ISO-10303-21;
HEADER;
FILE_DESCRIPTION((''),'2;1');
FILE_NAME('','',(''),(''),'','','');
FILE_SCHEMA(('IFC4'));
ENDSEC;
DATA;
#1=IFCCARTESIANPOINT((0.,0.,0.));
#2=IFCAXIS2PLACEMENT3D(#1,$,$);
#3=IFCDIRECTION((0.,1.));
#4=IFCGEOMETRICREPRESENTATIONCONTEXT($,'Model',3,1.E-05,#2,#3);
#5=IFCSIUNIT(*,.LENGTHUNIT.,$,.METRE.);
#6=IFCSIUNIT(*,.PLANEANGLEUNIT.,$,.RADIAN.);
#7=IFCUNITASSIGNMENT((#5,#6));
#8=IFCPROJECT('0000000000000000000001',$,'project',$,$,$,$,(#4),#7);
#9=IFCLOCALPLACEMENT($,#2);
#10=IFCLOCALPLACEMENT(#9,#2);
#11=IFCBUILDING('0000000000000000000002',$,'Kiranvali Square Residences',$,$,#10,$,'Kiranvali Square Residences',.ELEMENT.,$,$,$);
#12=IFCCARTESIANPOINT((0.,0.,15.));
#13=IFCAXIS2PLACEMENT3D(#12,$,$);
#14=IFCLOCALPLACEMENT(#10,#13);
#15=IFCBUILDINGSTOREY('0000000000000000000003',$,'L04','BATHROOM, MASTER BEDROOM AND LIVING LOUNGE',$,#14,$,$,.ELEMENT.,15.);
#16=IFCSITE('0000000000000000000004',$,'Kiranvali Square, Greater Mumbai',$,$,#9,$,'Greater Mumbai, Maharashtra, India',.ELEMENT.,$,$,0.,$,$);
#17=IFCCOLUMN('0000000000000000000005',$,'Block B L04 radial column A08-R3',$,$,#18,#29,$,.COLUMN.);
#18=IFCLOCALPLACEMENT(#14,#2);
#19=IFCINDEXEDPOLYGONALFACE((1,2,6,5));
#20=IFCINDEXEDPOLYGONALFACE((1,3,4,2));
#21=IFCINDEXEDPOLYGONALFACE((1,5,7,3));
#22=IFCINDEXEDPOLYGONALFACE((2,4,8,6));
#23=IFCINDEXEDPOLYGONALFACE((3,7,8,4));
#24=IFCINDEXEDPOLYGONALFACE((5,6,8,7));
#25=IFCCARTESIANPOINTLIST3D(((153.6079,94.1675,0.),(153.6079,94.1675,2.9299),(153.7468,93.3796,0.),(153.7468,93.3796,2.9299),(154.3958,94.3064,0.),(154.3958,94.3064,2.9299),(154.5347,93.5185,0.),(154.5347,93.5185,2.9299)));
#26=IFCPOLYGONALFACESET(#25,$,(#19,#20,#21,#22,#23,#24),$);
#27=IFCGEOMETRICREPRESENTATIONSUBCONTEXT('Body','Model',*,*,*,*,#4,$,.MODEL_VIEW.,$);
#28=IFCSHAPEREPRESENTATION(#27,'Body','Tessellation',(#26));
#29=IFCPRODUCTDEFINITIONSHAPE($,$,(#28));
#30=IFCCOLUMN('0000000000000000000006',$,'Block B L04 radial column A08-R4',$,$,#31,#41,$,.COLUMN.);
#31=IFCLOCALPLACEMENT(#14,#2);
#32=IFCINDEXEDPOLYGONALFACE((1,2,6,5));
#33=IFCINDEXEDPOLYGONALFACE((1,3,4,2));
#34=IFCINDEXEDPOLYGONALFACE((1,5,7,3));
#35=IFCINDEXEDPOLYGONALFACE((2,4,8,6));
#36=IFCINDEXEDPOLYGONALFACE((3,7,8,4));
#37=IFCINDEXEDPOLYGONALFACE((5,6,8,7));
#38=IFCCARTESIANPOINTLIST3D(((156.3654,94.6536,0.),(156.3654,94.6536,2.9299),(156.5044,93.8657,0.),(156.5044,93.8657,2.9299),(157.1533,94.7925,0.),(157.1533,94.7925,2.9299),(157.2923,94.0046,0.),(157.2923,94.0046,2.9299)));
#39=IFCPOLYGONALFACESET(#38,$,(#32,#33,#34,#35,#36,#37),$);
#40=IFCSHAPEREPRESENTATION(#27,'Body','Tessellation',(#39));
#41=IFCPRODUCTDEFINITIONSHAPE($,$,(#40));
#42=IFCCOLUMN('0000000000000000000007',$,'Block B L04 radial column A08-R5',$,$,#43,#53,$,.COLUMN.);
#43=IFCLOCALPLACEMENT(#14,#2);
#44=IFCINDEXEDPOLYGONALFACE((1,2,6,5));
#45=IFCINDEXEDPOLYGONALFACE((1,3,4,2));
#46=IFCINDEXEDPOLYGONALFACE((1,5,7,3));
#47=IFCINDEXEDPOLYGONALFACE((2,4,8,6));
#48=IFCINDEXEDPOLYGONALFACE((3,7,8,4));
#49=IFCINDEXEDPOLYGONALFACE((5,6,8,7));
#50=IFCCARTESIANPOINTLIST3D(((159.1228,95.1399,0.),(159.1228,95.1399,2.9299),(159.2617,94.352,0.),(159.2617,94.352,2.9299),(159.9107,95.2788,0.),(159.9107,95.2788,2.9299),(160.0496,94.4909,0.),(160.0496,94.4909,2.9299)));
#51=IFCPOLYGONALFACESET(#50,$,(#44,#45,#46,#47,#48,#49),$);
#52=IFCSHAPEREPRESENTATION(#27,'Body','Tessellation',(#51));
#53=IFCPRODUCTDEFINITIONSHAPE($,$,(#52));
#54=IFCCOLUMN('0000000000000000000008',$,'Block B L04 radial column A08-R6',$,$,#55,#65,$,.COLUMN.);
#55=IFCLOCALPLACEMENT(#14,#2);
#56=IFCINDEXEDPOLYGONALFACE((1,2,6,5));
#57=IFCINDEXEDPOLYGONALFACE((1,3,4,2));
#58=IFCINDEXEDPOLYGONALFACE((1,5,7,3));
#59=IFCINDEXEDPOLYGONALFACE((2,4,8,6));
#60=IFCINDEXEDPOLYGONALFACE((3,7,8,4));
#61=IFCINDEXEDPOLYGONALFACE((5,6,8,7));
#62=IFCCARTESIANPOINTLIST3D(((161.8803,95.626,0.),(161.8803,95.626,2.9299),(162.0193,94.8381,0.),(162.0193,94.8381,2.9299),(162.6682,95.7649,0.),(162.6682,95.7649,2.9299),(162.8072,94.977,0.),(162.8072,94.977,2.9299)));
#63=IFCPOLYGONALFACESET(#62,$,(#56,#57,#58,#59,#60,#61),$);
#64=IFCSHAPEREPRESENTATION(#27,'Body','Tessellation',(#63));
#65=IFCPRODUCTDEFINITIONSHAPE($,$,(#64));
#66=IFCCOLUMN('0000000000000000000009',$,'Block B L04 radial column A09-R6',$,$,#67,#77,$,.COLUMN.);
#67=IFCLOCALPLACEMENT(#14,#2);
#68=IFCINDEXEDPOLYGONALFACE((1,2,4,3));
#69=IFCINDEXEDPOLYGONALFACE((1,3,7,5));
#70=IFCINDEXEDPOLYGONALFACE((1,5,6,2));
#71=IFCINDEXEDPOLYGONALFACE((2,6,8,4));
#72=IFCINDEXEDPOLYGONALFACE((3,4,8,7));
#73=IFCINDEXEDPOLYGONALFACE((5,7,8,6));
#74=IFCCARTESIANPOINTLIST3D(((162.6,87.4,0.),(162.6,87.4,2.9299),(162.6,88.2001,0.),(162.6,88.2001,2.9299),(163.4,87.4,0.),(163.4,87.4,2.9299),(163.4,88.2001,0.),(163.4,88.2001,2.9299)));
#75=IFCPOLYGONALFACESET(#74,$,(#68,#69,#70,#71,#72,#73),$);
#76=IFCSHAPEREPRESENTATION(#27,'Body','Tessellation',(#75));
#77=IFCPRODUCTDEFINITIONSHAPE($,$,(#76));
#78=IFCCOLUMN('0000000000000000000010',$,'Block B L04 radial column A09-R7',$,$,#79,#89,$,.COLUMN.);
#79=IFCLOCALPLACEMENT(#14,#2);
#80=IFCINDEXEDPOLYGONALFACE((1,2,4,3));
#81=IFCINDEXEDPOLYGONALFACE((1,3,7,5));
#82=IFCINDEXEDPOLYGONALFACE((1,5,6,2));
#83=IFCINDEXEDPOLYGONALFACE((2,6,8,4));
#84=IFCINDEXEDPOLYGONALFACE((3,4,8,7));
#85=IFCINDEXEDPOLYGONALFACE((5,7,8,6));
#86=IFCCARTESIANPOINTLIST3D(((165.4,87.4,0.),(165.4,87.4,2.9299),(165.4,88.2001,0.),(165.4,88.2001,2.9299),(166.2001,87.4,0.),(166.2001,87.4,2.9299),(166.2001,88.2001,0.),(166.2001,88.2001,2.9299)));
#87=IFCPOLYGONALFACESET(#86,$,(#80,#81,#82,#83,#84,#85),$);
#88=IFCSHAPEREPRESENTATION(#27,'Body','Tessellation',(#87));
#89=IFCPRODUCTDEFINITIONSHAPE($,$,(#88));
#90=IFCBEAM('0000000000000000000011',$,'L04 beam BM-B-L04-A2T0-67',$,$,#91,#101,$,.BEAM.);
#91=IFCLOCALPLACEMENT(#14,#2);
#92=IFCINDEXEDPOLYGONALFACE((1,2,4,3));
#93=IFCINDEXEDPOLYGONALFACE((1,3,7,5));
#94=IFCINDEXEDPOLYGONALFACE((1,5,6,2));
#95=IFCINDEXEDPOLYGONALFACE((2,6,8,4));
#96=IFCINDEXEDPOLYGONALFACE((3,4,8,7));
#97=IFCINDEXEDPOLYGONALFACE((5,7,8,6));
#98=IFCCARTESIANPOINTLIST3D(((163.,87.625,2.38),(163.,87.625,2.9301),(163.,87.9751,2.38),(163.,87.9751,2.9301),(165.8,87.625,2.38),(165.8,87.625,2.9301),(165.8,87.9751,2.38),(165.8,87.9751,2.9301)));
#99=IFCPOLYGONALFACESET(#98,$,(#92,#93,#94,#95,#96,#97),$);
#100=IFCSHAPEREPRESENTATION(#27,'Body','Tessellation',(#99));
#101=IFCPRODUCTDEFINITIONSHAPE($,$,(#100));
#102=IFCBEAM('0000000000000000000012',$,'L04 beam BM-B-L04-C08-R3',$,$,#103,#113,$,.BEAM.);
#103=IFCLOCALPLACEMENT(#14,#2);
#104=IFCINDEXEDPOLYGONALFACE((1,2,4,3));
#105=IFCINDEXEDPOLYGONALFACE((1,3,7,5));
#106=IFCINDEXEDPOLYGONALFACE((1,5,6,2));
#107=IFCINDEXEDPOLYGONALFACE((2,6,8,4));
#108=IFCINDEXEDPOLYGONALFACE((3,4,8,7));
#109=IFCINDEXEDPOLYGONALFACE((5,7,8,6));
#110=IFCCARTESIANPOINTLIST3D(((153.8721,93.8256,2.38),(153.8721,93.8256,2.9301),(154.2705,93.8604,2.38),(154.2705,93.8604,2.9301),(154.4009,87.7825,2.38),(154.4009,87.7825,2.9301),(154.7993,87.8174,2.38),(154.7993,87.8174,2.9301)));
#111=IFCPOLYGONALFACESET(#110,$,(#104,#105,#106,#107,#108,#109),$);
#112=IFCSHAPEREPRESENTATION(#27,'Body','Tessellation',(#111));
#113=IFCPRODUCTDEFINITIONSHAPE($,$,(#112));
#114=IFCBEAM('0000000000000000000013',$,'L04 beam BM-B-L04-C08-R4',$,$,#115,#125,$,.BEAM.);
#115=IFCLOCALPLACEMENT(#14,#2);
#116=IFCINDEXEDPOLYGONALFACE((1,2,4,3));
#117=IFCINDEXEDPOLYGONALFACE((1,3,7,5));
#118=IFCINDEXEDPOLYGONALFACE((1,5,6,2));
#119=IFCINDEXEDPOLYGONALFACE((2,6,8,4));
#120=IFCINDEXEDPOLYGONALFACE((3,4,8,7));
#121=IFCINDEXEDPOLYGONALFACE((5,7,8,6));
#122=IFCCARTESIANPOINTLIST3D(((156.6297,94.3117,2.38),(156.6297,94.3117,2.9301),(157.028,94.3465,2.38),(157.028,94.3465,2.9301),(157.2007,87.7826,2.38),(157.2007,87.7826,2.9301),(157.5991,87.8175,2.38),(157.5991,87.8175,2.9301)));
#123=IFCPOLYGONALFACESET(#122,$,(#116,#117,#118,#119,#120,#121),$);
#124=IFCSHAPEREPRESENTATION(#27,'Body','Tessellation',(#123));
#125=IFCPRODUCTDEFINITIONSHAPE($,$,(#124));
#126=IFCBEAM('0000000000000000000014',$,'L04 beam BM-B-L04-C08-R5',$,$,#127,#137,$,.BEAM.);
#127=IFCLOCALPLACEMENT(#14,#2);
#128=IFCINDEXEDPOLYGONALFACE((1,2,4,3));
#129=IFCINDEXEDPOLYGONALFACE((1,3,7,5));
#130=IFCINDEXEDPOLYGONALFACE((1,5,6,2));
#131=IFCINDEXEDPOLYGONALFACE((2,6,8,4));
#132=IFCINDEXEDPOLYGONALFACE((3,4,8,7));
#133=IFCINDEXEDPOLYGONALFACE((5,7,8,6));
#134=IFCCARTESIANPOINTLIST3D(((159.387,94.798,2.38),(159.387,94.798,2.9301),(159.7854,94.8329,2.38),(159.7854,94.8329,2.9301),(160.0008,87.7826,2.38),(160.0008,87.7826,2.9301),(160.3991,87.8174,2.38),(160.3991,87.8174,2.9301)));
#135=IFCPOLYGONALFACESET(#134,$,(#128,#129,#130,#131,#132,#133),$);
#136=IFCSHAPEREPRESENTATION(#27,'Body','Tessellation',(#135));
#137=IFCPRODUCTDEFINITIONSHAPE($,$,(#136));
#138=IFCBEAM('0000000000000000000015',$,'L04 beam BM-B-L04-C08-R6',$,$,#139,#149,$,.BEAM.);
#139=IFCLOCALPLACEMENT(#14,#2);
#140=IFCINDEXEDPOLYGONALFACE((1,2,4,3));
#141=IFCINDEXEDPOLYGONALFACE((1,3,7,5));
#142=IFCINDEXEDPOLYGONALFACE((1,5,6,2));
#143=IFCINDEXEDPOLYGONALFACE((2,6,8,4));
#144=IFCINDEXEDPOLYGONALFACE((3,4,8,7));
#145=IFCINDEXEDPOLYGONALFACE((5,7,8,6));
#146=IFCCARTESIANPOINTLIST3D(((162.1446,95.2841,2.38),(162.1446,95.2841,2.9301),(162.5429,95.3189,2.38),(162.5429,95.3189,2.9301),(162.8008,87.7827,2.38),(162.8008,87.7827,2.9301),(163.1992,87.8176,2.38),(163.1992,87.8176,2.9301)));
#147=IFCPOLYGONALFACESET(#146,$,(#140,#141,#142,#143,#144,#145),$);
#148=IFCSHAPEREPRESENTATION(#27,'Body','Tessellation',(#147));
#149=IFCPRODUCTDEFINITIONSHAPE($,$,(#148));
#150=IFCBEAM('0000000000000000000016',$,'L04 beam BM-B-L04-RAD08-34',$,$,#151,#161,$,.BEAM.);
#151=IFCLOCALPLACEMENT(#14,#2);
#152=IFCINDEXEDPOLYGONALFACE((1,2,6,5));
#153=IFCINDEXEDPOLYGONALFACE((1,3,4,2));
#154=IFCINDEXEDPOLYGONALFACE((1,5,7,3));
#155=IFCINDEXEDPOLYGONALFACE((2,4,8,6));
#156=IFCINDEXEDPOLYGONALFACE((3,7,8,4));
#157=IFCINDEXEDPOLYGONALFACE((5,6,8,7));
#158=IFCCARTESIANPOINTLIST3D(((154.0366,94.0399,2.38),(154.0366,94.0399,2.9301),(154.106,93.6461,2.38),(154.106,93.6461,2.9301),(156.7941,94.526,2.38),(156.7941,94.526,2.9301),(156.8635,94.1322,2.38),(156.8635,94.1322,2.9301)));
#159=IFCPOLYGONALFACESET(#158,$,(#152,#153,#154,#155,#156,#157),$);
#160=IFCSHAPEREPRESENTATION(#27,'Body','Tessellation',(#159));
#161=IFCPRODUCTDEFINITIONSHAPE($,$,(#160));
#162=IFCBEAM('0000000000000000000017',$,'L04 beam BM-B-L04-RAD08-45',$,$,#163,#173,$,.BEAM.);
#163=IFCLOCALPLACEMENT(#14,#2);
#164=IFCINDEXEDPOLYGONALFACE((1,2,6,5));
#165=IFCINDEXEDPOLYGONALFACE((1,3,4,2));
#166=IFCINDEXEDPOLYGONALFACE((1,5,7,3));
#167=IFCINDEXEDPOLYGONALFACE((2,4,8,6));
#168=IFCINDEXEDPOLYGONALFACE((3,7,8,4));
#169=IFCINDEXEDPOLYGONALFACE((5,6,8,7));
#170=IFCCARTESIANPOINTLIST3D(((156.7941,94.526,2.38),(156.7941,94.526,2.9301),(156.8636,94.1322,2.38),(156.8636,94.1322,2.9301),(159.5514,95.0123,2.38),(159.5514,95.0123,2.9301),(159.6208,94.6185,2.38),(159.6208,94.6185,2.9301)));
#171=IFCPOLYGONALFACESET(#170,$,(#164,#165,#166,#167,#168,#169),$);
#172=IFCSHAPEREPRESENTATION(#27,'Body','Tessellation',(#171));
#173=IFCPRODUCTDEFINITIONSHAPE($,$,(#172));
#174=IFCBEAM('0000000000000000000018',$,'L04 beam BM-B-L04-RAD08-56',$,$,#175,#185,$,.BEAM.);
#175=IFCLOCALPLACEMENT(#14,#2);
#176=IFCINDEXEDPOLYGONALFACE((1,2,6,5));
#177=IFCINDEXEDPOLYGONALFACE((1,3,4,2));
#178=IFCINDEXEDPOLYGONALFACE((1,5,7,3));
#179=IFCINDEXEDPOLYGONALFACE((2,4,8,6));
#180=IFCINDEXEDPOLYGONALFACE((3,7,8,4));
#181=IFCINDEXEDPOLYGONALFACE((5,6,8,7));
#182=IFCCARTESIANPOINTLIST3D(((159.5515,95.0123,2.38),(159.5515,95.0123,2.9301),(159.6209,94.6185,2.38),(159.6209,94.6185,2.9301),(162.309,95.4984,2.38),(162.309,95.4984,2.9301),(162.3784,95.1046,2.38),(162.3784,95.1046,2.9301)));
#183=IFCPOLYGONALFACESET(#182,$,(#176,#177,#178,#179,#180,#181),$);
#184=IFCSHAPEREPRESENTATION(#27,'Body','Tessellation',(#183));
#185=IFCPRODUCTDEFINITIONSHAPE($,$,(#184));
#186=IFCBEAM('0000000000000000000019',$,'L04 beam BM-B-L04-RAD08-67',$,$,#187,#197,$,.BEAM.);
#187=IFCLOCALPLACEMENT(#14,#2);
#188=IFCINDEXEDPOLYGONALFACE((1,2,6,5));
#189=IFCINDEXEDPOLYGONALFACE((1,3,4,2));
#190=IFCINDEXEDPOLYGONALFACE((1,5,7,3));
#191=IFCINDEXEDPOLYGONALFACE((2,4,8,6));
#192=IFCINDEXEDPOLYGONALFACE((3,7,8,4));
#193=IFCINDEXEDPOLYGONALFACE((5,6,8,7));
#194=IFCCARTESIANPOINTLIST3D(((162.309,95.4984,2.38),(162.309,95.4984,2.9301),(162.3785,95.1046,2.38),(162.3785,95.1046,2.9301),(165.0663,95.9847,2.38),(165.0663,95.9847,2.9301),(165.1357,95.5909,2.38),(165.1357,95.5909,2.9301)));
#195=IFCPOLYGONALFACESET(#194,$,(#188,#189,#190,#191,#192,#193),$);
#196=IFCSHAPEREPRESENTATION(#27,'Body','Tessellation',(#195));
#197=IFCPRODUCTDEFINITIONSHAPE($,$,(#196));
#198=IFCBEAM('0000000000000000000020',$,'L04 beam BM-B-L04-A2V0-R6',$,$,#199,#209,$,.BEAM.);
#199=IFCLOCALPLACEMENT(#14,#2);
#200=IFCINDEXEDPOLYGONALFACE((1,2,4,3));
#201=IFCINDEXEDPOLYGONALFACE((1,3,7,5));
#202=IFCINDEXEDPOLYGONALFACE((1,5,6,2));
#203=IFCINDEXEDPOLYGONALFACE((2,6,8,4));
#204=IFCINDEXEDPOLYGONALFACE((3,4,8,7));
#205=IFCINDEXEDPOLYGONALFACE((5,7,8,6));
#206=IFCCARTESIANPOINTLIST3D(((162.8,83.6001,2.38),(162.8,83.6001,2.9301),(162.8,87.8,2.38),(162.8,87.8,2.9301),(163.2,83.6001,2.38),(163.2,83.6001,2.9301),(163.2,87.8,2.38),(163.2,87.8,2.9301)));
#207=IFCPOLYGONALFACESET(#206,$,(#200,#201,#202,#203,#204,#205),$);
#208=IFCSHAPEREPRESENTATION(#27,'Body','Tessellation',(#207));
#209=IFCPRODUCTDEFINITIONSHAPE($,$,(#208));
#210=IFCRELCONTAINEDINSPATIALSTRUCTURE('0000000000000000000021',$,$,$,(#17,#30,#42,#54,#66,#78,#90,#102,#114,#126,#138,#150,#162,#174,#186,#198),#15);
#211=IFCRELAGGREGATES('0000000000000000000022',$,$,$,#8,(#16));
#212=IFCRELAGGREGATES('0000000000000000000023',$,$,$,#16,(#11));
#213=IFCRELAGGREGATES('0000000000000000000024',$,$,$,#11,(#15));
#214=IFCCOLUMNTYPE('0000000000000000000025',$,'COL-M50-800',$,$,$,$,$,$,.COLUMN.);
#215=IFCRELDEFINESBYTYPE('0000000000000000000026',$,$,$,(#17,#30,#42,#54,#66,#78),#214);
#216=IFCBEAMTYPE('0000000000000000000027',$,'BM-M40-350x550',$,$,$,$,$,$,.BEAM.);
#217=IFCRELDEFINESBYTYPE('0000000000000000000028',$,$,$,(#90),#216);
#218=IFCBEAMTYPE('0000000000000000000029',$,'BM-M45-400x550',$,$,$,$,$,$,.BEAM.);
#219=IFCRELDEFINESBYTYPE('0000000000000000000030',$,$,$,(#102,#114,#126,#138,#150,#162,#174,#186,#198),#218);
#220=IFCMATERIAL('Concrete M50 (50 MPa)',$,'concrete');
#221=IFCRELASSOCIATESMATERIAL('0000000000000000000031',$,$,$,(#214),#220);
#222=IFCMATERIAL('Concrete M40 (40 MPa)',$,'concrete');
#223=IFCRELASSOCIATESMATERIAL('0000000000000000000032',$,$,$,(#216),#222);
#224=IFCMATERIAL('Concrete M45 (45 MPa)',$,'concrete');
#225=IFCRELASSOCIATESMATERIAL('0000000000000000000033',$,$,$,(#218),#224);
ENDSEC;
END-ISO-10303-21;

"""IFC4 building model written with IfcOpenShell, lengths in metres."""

from ifc_helpers import new_model, si_unit, direction, frame, origin, origin_2d, place, context, subcontext, project, spatial, rectangle, extrude, material, material_profile, profile_set, type_object, element, save


model = new_model("IFC4")

# Units and contexts
model_context = context("Model", 3, precision=1e-05, world=origin(), true_north=direction((0.0, 1.0)))
body_context = subcontext(model_context, "Body", "Model", "MODEL_VIEW")
ifc_project = project(units=[si_unit("LENGTHUNIT", "METRE"), si_unit("PLANEANGLEUNIT", "RADIAN")], contexts=[model_context])

# Site, building, storey
site_placement = place(None, origin())
site = spatial("IfcSite", under=ifc_project, at=site_placement, Name="Kiranvali Square, Greater Mumbai", LongName="Greater Mumbai, Maharashtra, India", CompositionType="ELEMENT", RefElevation=0.0)
building_placement = place(site_placement, origin())
building = spatial("IfcBuilding", under=site, at=building_placement, Name="Kiranvali Square Residences", LongName="Kiranvali Square Residences", CompositionType="ELEMENT")
storey_placement = place(building_placement, frame((0.0, 0.0, 15.0)))
storey = spatial("IfcBuildingStorey", under=building, at=storey_placement, Name="L04", Description="BATHROOM, MASTER BEDROOM AND LIVING LOUNGE", CompositionType="ELEMENT", Elevation=15.0)

# Columns
ifc_material_1 = material(Name="Concrete M50 (50 MPa)", Category="concrete")
ifc_material_profile_1 = material_profile(ifc_material_1, rectangle(XDim=0.8, YDim=0.8, at=origin_2d()), Name="RC 800x800")
ifc_profile_set_1 = profile_set([ifc_material_profile_1], Name="Concrete M50 (50 MPa)")
column_type = type_object("IfcColumnType", Name="COL-M50-800", PredefinedType="COLUMN", material=ifc_profile_set_1)
for number, where, z_axis, x_axis, name in (
    (1, (154.0713, 93.843, 0.0), (0.0, 0.0, 1.0), (-0.173648, 0.984808, 0.0), "Block B L04 radial column A08-R3"),
    (2, (156.8289, 94.3291, 0.0), (0.0, 0.0, 1.0), (-0.173648, 0.984808, 0.0), "Block B L04 radial column A08-R4"),
    (3, (159.5862, 94.8154, 0.0), (0.0, 0.0, 1.0), (-0.173648, 0.984808, 0.0), "Block B L04 radial column A08-R5"),
    (4, (162.3438, 95.3015, 0.0), (0.0, 0.0, 1.0), (-0.173648, 0.984808, 0.0), "Block B L04 radial column A08-R6"),
    (5, (163.0, 87.8, 0.0), (0.0, 0.0, 1.0), (0.0, 1.0, 0.0), "Block B L04 radial column A09-R6"),
    (6, (165.8, 87.8, 0.0), (0.0, 0.0, 1.0), (0.0, 1.0, 0.0), "Block B L04 radial column A09-R7"),
):
    element("IfcColumn", number, at=place(storey_placement, frame(where, z_axis=z_axis, x_axis=x_axis)), inside=storey, type_object=column_type, Name=name, PredefinedType="COLUMN", context=body_context, shape_type="SweptSolid", body=[
        extrude(rectangle(XDim=0.8, YDim=0.8, at=origin_2d()), origin(), (0.0, 0.0, 1.0), 2.9299),
    ])

# Beams
ifc_material_2 = material(Name="Concrete M40 (40 MPa)", Category="concrete")
ifc_material_profile_2 = material_profile(ifc_material_2, rectangle(XDim=0.3501, YDim=0.55, at=origin_2d()), Name="RC 350x550")
ifc_profile_set_2 = profile_set([ifc_material_profile_2], Name="Concrete M40 (40 MPa)")
beam_type_1 = type_object("IfcBeamType", Name="BM-M40-350x550", PredefinedType="BEAM", material=ifc_profile_set_2)
beam_1_placement = place(storey_placement, frame((163.0, 87.8, 2.655), z_axis=(1.0, 0.0, 0.0), x_axis=(0.0, 1.0, 0.0)))
element("IfcBeam", 7, at=beam_1_placement, inside=storey, type_object=beam_type_1, Name="L04 beam BM-B-L04-A2T0-67", PredefinedType="BEAM", context=body_context, shape_type="SweptSolid", body=[
    extrude(rectangle(XDim=0.3501, YDim=0.55, at=origin_2d()), origin(), (0.0, 0.0, 1.0), 2.8),
])
ifc_material_3 = material(Name="Concrete M45 (45 MPa)", Category="concrete")
ifc_material_profile_3 = material_profile(ifc_material_3, rectangle(XDim=0.3999, YDim=0.55, at=origin_2d()), Name="RC 400x550")
ifc_profile_set_3 = profile_set([ifc_material_profile_3], Name="Concrete M45 (45 MPa)")
beam_type_2 = type_object("IfcBeamType", Name="BM-M45-400x550", PredefinedType="BEAM", material=ifc_profile_set_3)
beam_2_placement = place(storey_placement, frame((154.0713, 93.843, 2.655), z_axis=(0.087175, -0.996193, 0.0), x_axis=(0.996193, 0.087175, 0.0)))
element("IfcBeam", 8, at=beam_2_placement, inside=storey, type_object=beam_type_2, Name="L04 beam BM-B-L04-C08-R3", PredefinedType="BEAM", context=body_context, shape_type="SweptSolid", body=[
    extrude(rectangle(XDim=0.3999, YDim=0.55, at=origin_2d()), origin(), (0.0, 0.0, 1.0), 6.0662),
])
beam_3_placement = place(storey_placement, frame((156.8289, 94.3291, 2.655), z_axis=(0.08713, -0.996197, 0.0), x_axis=(0.996197, 0.08713, 0.0)))
element("IfcBeam", 9, at=beam_3_placement, inside=storey, type_object=beam_type_2, Name="L04 beam BM-B-L04-C08-R4", PredefinedType="BEAM", context=body_context, shape_type="SweptSolid", body=[
    extrude(rectangle(XDim=0.3999, YDim=0.55, at=origin_2d()), origin(), (0.0, 0.0, 1.0), 6.554),
])
beam_4_placement = place(storey_placement, frame((159.5862, 94.8154, 2.655), z_axis=(0.087156, -0.996195, 0.0), x_axis=(0.996195, 0.087156, 0.0)))
element("IfcBeam", 10, at=beam_4_placement, inside=storey, type_object=beam_type_2, Name="L04 beam BM-B-L04-C08-R5", PredefinedType="BEAM", context=body_context, shape_type="SweptSolid", body=[
    extrude(rectangle(XDim=0.3999, YDim=0.55, at=origin_2d()), origin(), (0.0, 0.0, 1.0), 7.0422),
])
beam_5_placement = place(storey_placement, frame((162.3438, 95.3015, 2.655), z_axis=(0.08715, -0.996195, 0.0), x_axis=(0.996195, 0.08715, 0.0)))
element("IfcBeam", 11, at=beam_5_placement, inside=storey, type_object=beam_type_2, Name="L04 beam BM-B-L04-C08-R6", PredefinedType="BEAM", context=body_context, shape_type="SweptSolid", body=[
    extrude(rectangle(XDim=0.3999, YDim=0.55, at=origin_2d()), origin(), (0.0, 0.0, 1.0), 7.53),
])
beam_6_placement = place(storey_placement, frame((154.0713, 93.843, 2.655), z_axis=(0.984817, 0.173596, 0.0), x_axis=(-0.173596, 0.984817, 0.0)))
element("IfcBeam", 12, at=beam_6_placement, inside=storey, type_object=beam_type_2, Name="L04 beam BM-B-L04-RAD08-34", PredefinedType="BEAM", context=body_context, shape_type="SweptSolid", body=[
    extrude(rectangle(XDim=0.3999, YDim=0.55, at=origin_2d()), origin(), (0.0, 0.0, 1.0), 2.8),
])
beam_7_placement = place(storey_placement, frame((156.8289, 94.3291, 2.655), z_axis=(0.984799, 0.173696, 0.0), x_axis=(-0.173696, 0.984799, 0.0)))
element("IfcBeam", 13, at=beam_7_placement, inside=storey, type_object=beam_type_2, Name="L04 beam BM-B-L04-RAD08-45", PredefinedType="BEAM", context=body_context, shape_type="SweptSolid", body=[
    extrude(rectangle(XDim=0.3999, YDim=0.55, at=origin_2d()), origin(), (0.0, 0.0, 1.0), 2.7998),
])
beam_8_placement = place(storey_placement, frame((159.5862, 94.8154, 2.655), z_axis=(0.984817, 0.173596, 0.0), x_axis=(-0.173596, 0.984817, 0.0)))
element("IfcBeam", 14, at=beam_8_placement, inside=storey, type_object=beam_type_2, Name="L04 beam BM-B-L04-RAD08-56", PredefinedType="BEAM", context=body_context, shape_type="SweptSolid", body=[
    extrude(rectangle(XDim=0.3999, YDim=0.55, at=origin_2d()), origin(), (0.0, 0.0, 1.0), 2.8),
])
beam_9_placement = place(storey_placement, frame((162.3438, 95.3015, 2.655), z_axis=(0.984799, 0.173696, 0.0), x_axis=(-0.173696, 0.984799, 0.0)))
element("IfcBeam", 15, at=beam_9_placement, inside=storey, type_object=beam_type_2, Name="L04 beam BM-B-L04-RAD08-67", PredefinedType="BEAM", context=body_context, shape_type="SweptSolid", body=[
    extrude(rectangle(XDim=0.3999, YDim=0.55, at=origin_2d()), origin(), (0.0, 0.0, 1.0), 2.7998),
])
beam_10_placement = place(storey_placement, frame((163.0, 87.8, 2.655), z_axis=(0.0, -1.0, 0.0), x_axis=(1.0, 0.0, 0.0)))
element("IfcBeam", 16, at=beam_10_placement, inside=storey, type_object=beam_type_2, Name="L04 beam BM-B-L04-A2V0-R6", PredefinedType="BEAM", context=body_context, shape_type="SweptSolid", body=[
    extrude(rectangle(XDim=0.3999, YDim=0.55, at=origin_2d()), origin(), (0.0, 0.0, 1.0), 4.2),
])

save(model, "model.ifc")
